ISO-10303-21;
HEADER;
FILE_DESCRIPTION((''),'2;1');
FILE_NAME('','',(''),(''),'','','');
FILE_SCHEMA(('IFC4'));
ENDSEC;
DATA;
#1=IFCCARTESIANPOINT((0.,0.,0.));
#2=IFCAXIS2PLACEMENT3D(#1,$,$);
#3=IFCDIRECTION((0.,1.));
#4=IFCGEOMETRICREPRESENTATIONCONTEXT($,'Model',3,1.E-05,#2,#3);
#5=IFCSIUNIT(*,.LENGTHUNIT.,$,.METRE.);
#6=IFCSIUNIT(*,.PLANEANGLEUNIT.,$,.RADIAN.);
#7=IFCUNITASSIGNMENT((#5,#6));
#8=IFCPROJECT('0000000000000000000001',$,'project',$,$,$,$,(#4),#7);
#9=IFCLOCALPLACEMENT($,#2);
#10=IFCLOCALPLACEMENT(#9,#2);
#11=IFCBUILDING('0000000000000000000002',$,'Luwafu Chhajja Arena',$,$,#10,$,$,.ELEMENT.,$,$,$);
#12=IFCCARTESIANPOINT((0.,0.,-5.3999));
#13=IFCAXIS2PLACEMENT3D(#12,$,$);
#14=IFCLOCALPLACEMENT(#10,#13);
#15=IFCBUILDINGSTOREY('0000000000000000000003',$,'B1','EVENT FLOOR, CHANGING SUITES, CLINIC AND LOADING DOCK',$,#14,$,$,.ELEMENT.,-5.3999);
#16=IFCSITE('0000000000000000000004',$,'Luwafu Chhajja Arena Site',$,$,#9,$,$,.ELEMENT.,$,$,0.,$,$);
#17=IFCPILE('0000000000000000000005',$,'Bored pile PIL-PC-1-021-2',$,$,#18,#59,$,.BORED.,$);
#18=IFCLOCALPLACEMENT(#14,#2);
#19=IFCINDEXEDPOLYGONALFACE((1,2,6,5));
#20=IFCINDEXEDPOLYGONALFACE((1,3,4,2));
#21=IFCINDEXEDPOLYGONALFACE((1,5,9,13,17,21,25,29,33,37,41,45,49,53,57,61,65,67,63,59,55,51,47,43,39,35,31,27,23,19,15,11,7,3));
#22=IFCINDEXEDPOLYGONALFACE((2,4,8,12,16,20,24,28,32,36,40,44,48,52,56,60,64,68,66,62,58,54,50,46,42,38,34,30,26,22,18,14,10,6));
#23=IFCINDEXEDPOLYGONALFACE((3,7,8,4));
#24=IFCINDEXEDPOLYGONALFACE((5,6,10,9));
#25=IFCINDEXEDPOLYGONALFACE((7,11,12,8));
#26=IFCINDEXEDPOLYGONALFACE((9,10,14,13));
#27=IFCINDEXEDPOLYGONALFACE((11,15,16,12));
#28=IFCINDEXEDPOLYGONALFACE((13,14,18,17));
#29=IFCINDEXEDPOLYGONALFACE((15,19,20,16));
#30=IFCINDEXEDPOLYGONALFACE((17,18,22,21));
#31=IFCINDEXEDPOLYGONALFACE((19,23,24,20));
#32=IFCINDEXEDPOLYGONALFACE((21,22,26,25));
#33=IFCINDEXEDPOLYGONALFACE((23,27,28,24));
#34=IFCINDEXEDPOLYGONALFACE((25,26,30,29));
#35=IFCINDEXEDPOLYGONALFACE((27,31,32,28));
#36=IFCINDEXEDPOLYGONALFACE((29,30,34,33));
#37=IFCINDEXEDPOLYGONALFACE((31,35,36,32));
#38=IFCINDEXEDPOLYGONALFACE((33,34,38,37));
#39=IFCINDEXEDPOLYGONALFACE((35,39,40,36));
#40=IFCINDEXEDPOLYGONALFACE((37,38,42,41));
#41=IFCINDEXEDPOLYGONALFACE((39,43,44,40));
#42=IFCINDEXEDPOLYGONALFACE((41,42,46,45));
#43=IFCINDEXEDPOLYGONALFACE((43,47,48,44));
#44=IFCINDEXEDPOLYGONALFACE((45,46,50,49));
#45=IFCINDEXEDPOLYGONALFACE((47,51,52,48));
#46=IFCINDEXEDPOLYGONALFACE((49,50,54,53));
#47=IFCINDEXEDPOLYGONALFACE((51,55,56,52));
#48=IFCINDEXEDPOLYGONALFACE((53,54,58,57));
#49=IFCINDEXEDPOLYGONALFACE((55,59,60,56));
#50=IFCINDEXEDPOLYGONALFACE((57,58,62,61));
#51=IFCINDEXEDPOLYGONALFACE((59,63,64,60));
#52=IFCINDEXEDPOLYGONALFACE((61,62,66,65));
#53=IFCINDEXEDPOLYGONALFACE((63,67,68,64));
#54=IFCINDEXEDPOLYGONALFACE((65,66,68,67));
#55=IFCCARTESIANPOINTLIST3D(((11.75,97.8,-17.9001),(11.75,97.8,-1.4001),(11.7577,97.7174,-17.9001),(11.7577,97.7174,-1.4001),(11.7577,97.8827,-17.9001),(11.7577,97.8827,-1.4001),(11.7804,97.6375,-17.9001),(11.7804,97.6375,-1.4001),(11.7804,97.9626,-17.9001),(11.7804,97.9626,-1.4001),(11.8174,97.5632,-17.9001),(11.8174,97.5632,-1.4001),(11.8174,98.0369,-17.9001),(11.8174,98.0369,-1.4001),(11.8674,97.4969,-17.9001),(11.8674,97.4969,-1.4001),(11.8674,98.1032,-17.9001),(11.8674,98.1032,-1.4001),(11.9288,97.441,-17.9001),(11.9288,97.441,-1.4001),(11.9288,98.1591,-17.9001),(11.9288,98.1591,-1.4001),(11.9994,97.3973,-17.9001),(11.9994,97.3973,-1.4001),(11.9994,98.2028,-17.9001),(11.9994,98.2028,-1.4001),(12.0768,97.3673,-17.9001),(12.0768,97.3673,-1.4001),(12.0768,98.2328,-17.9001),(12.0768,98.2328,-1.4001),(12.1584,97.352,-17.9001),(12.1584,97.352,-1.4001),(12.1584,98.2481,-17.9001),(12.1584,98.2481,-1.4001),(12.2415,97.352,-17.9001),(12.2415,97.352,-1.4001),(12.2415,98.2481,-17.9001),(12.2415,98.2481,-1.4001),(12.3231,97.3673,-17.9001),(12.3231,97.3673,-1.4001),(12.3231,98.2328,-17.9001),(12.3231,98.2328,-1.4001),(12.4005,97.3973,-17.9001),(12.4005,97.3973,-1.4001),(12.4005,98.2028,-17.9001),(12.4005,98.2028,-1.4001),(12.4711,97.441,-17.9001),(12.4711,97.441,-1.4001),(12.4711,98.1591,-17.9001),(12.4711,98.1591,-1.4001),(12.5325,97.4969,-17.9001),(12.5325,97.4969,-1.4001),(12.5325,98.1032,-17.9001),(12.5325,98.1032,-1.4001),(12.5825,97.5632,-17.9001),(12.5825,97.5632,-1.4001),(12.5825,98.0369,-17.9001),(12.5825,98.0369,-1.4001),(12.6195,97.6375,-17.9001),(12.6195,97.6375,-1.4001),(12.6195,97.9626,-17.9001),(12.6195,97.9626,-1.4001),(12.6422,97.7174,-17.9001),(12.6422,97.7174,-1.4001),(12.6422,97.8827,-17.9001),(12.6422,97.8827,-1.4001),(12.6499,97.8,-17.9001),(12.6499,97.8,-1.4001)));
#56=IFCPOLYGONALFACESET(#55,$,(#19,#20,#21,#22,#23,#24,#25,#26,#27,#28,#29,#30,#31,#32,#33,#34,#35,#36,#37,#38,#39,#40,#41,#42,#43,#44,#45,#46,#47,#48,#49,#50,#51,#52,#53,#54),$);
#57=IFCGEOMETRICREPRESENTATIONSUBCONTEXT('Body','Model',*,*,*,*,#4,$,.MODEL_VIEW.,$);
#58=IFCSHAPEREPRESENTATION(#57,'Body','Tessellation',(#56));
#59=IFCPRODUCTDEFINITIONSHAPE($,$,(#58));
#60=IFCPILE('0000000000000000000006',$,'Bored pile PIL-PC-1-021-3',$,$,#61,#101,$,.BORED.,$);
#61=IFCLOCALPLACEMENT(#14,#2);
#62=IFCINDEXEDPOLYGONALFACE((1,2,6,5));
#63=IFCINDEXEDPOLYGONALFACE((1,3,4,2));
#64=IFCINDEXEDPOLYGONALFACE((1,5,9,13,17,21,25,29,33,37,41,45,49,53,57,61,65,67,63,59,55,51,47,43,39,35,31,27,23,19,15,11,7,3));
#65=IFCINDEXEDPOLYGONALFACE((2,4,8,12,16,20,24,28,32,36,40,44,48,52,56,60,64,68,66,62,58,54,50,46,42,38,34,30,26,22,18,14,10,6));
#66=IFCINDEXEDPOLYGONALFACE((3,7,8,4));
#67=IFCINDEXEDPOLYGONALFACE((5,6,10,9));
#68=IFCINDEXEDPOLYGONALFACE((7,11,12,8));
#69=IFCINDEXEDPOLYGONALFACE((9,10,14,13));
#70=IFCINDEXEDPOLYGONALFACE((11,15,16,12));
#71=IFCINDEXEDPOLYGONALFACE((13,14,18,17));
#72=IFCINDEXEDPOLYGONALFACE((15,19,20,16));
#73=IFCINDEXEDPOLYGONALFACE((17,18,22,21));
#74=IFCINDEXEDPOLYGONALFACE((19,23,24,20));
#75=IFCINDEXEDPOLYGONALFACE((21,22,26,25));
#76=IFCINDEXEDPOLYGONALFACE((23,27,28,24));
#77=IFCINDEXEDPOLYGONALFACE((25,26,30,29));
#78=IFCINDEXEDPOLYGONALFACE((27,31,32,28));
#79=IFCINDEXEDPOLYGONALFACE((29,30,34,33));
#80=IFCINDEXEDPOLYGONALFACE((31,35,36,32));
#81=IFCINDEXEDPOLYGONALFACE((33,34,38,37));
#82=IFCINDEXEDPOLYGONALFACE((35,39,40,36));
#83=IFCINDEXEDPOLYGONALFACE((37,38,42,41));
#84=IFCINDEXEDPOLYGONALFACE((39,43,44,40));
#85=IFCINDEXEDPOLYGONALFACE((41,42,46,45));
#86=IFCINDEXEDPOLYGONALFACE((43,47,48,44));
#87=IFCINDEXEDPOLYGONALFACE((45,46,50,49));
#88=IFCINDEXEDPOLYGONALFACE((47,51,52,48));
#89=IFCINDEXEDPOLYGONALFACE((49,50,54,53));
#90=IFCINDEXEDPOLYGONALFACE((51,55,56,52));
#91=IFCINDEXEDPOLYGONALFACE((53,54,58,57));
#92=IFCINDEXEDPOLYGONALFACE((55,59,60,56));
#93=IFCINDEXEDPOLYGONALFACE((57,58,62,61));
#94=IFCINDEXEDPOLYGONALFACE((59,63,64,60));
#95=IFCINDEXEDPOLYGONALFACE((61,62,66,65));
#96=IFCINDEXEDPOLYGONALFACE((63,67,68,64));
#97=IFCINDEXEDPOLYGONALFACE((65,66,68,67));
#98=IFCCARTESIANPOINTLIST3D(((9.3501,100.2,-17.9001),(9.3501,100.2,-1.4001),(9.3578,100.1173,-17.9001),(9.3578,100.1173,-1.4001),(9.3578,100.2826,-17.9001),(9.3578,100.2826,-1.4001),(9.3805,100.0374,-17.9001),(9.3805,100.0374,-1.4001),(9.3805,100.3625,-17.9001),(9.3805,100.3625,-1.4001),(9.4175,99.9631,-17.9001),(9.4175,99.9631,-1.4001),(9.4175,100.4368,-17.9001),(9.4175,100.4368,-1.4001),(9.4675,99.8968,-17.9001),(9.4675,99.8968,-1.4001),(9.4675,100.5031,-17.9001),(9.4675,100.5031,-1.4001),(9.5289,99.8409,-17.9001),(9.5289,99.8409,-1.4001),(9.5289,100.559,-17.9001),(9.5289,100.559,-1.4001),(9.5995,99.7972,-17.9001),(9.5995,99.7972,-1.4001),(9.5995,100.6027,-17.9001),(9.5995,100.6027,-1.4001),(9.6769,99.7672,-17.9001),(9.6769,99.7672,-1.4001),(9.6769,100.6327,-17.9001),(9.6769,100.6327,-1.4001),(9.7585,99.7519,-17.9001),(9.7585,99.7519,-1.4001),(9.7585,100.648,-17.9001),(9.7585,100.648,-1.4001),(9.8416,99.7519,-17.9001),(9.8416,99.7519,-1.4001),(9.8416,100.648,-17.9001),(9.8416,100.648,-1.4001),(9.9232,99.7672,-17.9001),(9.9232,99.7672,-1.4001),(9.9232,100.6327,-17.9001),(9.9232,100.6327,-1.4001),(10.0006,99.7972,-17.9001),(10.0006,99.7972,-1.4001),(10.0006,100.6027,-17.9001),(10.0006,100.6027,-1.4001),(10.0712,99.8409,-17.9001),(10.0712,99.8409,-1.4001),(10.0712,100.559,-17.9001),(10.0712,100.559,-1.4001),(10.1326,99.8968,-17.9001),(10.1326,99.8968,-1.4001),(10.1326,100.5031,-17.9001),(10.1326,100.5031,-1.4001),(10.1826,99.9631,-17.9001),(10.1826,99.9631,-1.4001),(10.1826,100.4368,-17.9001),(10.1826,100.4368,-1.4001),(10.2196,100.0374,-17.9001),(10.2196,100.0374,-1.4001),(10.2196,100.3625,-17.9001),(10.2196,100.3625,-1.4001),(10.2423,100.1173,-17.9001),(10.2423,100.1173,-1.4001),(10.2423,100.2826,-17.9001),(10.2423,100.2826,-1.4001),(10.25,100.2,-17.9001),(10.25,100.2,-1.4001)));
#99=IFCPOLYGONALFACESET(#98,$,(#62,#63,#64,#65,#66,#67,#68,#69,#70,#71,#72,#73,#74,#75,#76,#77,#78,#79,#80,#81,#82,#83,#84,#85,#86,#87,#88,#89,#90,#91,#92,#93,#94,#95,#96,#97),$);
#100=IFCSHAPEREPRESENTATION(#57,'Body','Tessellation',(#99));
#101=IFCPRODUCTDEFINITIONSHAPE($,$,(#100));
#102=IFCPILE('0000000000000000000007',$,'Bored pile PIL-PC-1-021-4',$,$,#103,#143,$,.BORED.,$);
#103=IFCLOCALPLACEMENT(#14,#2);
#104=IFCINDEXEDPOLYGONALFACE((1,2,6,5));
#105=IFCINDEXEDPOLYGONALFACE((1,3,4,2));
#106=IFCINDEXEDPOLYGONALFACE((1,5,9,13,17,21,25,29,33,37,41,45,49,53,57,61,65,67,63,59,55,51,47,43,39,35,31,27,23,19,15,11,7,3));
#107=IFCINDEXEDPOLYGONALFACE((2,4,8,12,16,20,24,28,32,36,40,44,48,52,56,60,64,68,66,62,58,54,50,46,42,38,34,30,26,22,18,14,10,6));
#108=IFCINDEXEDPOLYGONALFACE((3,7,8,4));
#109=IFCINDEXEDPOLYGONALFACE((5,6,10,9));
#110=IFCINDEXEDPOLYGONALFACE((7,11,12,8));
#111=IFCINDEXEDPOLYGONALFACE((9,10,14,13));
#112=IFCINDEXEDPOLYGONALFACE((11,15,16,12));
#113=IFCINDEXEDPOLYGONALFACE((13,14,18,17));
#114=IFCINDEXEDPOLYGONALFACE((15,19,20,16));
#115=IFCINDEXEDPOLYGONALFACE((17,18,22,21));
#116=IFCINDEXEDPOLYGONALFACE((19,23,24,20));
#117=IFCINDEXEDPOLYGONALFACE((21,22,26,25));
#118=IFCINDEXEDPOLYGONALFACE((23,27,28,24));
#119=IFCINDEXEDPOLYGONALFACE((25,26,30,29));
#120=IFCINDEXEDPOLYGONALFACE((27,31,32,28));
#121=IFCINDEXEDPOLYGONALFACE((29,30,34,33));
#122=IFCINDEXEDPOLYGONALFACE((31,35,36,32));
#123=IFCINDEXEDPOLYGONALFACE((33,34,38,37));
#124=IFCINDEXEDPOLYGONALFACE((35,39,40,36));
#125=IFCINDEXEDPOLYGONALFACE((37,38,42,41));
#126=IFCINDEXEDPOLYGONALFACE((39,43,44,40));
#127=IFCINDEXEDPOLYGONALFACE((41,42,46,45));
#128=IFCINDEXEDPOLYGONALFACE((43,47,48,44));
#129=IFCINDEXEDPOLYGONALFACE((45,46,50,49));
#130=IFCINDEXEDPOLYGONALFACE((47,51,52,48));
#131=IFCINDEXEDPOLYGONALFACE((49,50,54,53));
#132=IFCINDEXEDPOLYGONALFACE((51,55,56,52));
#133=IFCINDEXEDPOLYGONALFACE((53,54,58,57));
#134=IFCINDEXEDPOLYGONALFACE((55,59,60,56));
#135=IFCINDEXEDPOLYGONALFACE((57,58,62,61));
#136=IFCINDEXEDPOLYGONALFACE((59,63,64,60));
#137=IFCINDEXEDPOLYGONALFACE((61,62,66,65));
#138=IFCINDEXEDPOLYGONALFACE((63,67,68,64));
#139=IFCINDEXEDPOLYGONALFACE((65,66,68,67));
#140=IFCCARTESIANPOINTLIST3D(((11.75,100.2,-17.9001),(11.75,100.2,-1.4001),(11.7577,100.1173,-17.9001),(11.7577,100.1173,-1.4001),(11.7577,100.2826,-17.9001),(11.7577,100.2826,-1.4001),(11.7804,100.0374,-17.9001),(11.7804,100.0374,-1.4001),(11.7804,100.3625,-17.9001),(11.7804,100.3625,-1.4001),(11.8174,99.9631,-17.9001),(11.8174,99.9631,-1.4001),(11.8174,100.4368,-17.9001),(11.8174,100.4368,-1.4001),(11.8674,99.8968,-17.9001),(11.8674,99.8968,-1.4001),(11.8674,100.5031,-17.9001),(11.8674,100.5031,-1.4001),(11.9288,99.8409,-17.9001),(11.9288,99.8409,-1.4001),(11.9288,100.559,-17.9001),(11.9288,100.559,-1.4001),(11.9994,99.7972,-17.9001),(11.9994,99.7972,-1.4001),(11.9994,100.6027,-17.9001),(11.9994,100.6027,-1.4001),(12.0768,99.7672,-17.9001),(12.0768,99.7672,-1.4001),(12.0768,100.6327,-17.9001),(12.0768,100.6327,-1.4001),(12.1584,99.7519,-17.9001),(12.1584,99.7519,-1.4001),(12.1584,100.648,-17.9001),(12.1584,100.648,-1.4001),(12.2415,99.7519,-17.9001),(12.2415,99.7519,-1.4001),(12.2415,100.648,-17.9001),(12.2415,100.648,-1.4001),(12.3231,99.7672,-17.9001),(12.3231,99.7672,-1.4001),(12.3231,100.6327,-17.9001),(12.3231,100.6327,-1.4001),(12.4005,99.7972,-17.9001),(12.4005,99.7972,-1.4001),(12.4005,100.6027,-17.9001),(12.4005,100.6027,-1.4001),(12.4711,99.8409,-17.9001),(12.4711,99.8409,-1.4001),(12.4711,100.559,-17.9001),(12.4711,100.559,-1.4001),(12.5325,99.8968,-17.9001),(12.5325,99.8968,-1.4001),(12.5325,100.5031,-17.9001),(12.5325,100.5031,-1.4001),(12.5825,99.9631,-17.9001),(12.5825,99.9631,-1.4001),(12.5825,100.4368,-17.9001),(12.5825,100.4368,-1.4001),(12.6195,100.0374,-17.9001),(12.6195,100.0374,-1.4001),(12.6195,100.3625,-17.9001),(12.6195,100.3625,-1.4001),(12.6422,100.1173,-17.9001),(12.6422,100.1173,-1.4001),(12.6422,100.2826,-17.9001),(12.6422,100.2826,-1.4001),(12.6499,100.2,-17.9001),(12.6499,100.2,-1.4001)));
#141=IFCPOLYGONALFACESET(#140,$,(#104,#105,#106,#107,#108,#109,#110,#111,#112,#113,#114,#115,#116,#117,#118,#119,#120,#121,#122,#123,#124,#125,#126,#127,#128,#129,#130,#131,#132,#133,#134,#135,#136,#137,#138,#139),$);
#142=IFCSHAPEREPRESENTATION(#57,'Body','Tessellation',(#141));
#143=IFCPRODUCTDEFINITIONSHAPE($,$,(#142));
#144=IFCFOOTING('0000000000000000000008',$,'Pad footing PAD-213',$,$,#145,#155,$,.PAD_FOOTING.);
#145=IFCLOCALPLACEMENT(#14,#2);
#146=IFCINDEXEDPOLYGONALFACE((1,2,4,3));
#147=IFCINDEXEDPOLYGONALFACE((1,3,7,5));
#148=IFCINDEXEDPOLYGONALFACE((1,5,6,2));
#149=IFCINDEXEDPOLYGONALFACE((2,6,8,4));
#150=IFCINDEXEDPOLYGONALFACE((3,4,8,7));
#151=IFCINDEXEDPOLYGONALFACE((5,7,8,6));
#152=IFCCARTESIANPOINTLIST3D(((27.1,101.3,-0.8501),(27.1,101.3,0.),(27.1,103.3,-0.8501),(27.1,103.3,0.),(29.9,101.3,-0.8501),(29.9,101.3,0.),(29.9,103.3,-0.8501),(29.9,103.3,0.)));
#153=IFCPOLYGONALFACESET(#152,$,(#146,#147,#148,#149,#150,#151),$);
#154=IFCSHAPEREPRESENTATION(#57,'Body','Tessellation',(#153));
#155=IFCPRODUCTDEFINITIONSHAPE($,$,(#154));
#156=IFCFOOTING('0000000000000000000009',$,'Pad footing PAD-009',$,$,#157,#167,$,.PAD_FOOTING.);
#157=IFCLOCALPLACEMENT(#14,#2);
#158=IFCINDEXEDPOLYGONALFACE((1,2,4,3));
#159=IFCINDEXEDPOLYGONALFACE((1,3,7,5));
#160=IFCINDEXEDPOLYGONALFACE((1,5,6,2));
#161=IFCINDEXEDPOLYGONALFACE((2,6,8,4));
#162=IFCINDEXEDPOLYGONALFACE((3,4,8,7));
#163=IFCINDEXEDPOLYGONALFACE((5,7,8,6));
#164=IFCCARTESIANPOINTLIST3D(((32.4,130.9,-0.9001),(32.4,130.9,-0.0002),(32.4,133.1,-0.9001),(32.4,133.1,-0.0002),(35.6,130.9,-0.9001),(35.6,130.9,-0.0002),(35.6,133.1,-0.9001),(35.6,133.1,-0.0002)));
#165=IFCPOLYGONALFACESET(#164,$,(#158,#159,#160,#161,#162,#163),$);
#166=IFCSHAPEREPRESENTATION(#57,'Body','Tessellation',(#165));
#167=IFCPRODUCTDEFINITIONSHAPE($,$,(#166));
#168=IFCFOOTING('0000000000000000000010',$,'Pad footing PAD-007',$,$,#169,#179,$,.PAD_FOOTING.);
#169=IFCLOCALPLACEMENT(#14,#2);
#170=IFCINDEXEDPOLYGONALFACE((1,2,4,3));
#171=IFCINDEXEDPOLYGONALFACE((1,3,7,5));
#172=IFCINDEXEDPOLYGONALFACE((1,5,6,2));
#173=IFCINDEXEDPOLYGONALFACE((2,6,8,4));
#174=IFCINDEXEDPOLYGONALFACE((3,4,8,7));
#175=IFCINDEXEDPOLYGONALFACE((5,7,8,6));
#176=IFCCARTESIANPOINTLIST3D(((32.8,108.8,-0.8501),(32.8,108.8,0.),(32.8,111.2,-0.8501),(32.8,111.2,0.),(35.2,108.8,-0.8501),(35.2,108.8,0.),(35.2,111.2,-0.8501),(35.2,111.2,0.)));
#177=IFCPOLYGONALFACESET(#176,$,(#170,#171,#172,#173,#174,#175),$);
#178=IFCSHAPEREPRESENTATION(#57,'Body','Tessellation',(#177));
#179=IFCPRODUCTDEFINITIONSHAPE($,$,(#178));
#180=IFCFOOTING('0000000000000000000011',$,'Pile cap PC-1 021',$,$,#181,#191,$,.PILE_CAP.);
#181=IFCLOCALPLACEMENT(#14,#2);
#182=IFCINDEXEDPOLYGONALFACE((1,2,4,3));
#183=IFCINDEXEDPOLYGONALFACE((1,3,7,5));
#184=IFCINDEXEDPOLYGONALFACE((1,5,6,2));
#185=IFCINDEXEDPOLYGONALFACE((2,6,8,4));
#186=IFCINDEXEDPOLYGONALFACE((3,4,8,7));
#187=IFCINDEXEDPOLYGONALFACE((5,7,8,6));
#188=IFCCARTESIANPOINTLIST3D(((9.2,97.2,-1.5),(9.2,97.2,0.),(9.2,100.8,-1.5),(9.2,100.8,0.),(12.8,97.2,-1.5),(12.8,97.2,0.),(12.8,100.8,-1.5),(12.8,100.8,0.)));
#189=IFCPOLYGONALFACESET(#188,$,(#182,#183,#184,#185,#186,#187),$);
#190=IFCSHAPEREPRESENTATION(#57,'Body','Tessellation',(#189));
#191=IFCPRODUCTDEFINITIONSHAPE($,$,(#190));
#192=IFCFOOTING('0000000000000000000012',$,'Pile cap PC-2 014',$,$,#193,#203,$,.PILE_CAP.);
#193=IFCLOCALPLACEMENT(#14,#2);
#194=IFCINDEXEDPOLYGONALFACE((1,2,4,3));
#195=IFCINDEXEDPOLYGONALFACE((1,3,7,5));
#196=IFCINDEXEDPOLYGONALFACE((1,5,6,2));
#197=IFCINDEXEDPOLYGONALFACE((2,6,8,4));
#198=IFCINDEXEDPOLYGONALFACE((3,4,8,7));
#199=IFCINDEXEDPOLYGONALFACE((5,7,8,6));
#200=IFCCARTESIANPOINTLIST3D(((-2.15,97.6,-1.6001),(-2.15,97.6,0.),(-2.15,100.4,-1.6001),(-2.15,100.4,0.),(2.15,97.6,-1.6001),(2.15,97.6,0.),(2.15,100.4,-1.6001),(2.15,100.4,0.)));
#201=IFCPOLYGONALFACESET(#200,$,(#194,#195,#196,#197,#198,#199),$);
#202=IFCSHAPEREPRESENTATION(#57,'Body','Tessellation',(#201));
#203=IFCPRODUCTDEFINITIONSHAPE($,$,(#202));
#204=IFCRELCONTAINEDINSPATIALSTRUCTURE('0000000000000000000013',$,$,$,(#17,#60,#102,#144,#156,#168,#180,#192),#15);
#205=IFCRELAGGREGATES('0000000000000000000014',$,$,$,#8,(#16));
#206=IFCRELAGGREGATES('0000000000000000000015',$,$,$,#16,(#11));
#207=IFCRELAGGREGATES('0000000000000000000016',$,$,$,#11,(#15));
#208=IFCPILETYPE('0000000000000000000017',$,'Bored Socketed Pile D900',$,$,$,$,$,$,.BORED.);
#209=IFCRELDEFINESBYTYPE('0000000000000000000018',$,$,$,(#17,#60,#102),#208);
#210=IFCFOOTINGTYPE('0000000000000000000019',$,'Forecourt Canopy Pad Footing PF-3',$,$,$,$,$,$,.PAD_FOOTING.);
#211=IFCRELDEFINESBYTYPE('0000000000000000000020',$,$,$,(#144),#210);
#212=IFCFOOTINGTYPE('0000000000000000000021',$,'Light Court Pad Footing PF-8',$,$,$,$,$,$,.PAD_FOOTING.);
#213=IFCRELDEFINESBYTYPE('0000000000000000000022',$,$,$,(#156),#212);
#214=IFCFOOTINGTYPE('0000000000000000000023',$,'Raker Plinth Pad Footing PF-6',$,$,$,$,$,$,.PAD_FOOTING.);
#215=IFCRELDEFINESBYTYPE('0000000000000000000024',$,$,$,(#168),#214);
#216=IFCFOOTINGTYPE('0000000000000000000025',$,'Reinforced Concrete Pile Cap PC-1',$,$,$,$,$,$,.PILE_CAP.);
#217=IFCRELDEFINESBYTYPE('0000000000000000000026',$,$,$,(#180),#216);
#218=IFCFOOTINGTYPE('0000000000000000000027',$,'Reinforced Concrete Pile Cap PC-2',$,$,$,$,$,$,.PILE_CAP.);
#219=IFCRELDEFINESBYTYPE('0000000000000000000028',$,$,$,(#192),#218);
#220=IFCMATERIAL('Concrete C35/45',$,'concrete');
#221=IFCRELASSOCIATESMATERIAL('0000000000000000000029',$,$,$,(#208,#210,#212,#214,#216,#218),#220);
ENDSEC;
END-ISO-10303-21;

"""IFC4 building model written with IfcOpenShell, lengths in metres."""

from ifc_helpers import new_model, si_unit, direction, frame, origin, origin_2d, place, context, subcontext, project, spatial, rectangle, circle, extrude, material, material_profile, profile_set, type_object, element, save


model = new_model("IFC4")

# Units and contexts
model_context = context("Model", 3, precision=1e-05, world=origin(), true_north=direction((0.0, 1.0)))
body_context = subcontext(model_context, "Body", "Model", "MODEL_VIEW")
ifc_project = project(units=[si_unit("LENGTHUNIT", "METRE"), si_unit("PLANEANGLEUNIT", "RADIAN")], contexts=[model_context])

# Site, building, storey
site_placement = place(None, origin())
site = spatial("IfcSite", under=ifc_project, at=site_placement, Name="Luwafu Chhajja Arena Site", CompositionType="ELEMENT", RefElevation=0.0)
building_placement = place(site_placement, origin())
building = spatial("IfcBuilding", under=site, at=building_placement, Name="Luwafu Chhajja Arena", CompositionType="ELEMENT")
storey_placement = place(building_placement, frame((0.0, 0.0, -5.3999)))
storey = spatial("IfcBuildingStorey", under=building, at=storey_placement, Name="B1", Description="EVENT FLOOR, CHANGING SUITES, CLINIC AND LOADING DOCK", CompositionType="ELEMENT", Elevation=-5.3999)

# Shared definitions
ifc_material_1 = material(Name="Concrete C35/45", Category="concrete")

# Piles
ifc_material_profile_1 = material_profile(ifc_material_1, circle(Radius=0.45, at=origin_2d()), Name="PILE D900")
ifc_profile_set_1 = profile_set([ifc_material_profile_1], Name="Concrete C35/45")
pile_type_1 = type_object("IfcPileType", Name="Bored Socketed Pile D900", PredefinedType="BORED", material=ifc_profile_set_1)
for number, where, z_axis, x_axis, name in (
    (1, (12.2, 97.8, -1.4001), (0.0, 0.0, -1.0), (1.0, 0.0, 0.0), "Bored pile PIL-PC-1-021-2"),
    (2, (9.8, 100.2, -1.4001), (0.0, 0.0, -1.0), (1.0, 0.0, 0.0), "Bored pile PIL-PC-1-021-3"),
    (3, (12.2, 100.2, -1.4001), (0.0, 0.0, -1.0), (1.0, 0.0, 0.0), "Bored pile PIL-PC-1-021-4"),
):
    element("IfcPile", number, at=place(storey_placement, frame(where, z_axis=z_axis, x_axis=x_axis)), inside=storey, type_object=pile_type_1, Name=name, PredefinedType="BORED", context=body_context, shape_type="SweptSolid", body=[
        extrude(circle(Radius=0.45, at=origin_2d()), origin(), (0.0, 0.0, 1.0), 16.5),
    ])

# Footings
footing_type_1 = type_object("IfcFootingType", Name="Forecourt Canopy Pad Footing PF-3", PredefinedType="PAD_FOOTING", material=ifc_material_1)
footing_1_placement = place(storey_placement, frame((28.5, 102.3, -0.8501), z_axis=(0.0, 0.0, 1.0), x_axis=(1.0, 0.0, 0.0)))
element("IfcFooting", 4, at=footing_1_placement, inside=storey, type_object=footing_type_1, Name="Pad footing PAD-213", PredefinedType="PAD_FOOTING", context=body_context, shape_type="SweptSolid", body=[
    extrude(rectangle(XDim=2.8, YDim=2.0, at=origin_2d()), origin(), (0.0, 0.0, 1.0), 0.8501),
])
footing_type_2 = type_object("IfcFootingType", Name="Light Court Pad Footing PF-8", PredefinedType="PAD_FOOTING", material=ifc_material_1)
footing_2_placement = place(storey_placement, frame((34.0, 132.0, -0.9001), z_axis=(0.0, 0.0, 1.0), x_axis=(1.0, 0.0, 0.0)))
element("IfcFooting", 5, at=footing_2_placement, inside=storey, type_object=footing_type_2, Name="Pad footing PAD-009", PredefinedType="PAD_FOOTING", context=body_context, shape_type="SweptSolid", body=[
    extrude(rectangle(XDim=3.2, YDim=2.2, at=origin_2d()), origin(), (0.0, 0.0, 1.0), 0.8999),
])
footing_type_3 = type_object("IfcFootingType", Name="Raker Plinth Pad Footing PF-6", PredefinedType="PAD_FOOTING", material=ifc_material_1)
footing_3_placement = place(storey_placement, frame((34.0, 110.0, -0.8501), z_axis=(0.0, 0.0, 1.0), x_axis=(1.0, 0.0, 0.0)))
element("IfcFooting", 6, at=footing_3_placement, inside=storey, type_object=footing_type_3, Name="Pad footing PAD-007", PredefinedType="PAD_FOOTING", context=body_context, shape_type="SweptSolid", body=[
    extrude(rectangle(XDim=2.3999, YDim=2.3999, at=origin_2d()), origin(), (0.0, 0.0, 1.0), 0.8501),
])
footing_type_4 = type_object("IfcFootingType", Name="Reinforced Concrete Pile Cap PC-1", PredefinedType="PILE_CAP", material=ifc_material_1)
footing_4_placement = place(storey_placement, frame((11.0, 99.0, -1.5), z_axis=(0.0, 0.0, 1.0), x_axis=(1.0, 0.0, 0.0)))
element("IfcFooting", 7, at=footing_4_placement, inside=storey, type_object=footing_type_4, Name="Pile cap PC-1 021", PredefinedType="PILE_CAP", context=body_context, shape_type="SweptSolid", body=[
    extrude(rectangle(XDim=3.6001, YDim=3.6001, at=origin_2d()), origin(), (0.0, 0.0, 1.0), 1.5),
])
footing_type_5 = type_object("IfcFootingType", Name="Reinforced Concrete Pile Cap PC-2", PredefinedType="PILE_CAP", material=ifc_material_1)
footing_5_placement = place(storey_placement, frame((0.0, 99.0, -1.6001), z_axis=(0.0, 0.0, 1.0), x_axis=(1.0, 0.0, 0.0)))
element("IfcFooting", 8, at=footing_5_placement, inside=storey, type_object=footing_type_5, Name="Pile cap PC-2 014", PredefinedType="PILE_CAP", context=body_context, shape_type="SweptSolid", body=[
    extrude(rectangle(XDim=4.3, YDim=2.8, at=origin_2d()), origin(), (0.0, 0.0, 1.0), 1.6001),
])

save(model, "model.ifc")
